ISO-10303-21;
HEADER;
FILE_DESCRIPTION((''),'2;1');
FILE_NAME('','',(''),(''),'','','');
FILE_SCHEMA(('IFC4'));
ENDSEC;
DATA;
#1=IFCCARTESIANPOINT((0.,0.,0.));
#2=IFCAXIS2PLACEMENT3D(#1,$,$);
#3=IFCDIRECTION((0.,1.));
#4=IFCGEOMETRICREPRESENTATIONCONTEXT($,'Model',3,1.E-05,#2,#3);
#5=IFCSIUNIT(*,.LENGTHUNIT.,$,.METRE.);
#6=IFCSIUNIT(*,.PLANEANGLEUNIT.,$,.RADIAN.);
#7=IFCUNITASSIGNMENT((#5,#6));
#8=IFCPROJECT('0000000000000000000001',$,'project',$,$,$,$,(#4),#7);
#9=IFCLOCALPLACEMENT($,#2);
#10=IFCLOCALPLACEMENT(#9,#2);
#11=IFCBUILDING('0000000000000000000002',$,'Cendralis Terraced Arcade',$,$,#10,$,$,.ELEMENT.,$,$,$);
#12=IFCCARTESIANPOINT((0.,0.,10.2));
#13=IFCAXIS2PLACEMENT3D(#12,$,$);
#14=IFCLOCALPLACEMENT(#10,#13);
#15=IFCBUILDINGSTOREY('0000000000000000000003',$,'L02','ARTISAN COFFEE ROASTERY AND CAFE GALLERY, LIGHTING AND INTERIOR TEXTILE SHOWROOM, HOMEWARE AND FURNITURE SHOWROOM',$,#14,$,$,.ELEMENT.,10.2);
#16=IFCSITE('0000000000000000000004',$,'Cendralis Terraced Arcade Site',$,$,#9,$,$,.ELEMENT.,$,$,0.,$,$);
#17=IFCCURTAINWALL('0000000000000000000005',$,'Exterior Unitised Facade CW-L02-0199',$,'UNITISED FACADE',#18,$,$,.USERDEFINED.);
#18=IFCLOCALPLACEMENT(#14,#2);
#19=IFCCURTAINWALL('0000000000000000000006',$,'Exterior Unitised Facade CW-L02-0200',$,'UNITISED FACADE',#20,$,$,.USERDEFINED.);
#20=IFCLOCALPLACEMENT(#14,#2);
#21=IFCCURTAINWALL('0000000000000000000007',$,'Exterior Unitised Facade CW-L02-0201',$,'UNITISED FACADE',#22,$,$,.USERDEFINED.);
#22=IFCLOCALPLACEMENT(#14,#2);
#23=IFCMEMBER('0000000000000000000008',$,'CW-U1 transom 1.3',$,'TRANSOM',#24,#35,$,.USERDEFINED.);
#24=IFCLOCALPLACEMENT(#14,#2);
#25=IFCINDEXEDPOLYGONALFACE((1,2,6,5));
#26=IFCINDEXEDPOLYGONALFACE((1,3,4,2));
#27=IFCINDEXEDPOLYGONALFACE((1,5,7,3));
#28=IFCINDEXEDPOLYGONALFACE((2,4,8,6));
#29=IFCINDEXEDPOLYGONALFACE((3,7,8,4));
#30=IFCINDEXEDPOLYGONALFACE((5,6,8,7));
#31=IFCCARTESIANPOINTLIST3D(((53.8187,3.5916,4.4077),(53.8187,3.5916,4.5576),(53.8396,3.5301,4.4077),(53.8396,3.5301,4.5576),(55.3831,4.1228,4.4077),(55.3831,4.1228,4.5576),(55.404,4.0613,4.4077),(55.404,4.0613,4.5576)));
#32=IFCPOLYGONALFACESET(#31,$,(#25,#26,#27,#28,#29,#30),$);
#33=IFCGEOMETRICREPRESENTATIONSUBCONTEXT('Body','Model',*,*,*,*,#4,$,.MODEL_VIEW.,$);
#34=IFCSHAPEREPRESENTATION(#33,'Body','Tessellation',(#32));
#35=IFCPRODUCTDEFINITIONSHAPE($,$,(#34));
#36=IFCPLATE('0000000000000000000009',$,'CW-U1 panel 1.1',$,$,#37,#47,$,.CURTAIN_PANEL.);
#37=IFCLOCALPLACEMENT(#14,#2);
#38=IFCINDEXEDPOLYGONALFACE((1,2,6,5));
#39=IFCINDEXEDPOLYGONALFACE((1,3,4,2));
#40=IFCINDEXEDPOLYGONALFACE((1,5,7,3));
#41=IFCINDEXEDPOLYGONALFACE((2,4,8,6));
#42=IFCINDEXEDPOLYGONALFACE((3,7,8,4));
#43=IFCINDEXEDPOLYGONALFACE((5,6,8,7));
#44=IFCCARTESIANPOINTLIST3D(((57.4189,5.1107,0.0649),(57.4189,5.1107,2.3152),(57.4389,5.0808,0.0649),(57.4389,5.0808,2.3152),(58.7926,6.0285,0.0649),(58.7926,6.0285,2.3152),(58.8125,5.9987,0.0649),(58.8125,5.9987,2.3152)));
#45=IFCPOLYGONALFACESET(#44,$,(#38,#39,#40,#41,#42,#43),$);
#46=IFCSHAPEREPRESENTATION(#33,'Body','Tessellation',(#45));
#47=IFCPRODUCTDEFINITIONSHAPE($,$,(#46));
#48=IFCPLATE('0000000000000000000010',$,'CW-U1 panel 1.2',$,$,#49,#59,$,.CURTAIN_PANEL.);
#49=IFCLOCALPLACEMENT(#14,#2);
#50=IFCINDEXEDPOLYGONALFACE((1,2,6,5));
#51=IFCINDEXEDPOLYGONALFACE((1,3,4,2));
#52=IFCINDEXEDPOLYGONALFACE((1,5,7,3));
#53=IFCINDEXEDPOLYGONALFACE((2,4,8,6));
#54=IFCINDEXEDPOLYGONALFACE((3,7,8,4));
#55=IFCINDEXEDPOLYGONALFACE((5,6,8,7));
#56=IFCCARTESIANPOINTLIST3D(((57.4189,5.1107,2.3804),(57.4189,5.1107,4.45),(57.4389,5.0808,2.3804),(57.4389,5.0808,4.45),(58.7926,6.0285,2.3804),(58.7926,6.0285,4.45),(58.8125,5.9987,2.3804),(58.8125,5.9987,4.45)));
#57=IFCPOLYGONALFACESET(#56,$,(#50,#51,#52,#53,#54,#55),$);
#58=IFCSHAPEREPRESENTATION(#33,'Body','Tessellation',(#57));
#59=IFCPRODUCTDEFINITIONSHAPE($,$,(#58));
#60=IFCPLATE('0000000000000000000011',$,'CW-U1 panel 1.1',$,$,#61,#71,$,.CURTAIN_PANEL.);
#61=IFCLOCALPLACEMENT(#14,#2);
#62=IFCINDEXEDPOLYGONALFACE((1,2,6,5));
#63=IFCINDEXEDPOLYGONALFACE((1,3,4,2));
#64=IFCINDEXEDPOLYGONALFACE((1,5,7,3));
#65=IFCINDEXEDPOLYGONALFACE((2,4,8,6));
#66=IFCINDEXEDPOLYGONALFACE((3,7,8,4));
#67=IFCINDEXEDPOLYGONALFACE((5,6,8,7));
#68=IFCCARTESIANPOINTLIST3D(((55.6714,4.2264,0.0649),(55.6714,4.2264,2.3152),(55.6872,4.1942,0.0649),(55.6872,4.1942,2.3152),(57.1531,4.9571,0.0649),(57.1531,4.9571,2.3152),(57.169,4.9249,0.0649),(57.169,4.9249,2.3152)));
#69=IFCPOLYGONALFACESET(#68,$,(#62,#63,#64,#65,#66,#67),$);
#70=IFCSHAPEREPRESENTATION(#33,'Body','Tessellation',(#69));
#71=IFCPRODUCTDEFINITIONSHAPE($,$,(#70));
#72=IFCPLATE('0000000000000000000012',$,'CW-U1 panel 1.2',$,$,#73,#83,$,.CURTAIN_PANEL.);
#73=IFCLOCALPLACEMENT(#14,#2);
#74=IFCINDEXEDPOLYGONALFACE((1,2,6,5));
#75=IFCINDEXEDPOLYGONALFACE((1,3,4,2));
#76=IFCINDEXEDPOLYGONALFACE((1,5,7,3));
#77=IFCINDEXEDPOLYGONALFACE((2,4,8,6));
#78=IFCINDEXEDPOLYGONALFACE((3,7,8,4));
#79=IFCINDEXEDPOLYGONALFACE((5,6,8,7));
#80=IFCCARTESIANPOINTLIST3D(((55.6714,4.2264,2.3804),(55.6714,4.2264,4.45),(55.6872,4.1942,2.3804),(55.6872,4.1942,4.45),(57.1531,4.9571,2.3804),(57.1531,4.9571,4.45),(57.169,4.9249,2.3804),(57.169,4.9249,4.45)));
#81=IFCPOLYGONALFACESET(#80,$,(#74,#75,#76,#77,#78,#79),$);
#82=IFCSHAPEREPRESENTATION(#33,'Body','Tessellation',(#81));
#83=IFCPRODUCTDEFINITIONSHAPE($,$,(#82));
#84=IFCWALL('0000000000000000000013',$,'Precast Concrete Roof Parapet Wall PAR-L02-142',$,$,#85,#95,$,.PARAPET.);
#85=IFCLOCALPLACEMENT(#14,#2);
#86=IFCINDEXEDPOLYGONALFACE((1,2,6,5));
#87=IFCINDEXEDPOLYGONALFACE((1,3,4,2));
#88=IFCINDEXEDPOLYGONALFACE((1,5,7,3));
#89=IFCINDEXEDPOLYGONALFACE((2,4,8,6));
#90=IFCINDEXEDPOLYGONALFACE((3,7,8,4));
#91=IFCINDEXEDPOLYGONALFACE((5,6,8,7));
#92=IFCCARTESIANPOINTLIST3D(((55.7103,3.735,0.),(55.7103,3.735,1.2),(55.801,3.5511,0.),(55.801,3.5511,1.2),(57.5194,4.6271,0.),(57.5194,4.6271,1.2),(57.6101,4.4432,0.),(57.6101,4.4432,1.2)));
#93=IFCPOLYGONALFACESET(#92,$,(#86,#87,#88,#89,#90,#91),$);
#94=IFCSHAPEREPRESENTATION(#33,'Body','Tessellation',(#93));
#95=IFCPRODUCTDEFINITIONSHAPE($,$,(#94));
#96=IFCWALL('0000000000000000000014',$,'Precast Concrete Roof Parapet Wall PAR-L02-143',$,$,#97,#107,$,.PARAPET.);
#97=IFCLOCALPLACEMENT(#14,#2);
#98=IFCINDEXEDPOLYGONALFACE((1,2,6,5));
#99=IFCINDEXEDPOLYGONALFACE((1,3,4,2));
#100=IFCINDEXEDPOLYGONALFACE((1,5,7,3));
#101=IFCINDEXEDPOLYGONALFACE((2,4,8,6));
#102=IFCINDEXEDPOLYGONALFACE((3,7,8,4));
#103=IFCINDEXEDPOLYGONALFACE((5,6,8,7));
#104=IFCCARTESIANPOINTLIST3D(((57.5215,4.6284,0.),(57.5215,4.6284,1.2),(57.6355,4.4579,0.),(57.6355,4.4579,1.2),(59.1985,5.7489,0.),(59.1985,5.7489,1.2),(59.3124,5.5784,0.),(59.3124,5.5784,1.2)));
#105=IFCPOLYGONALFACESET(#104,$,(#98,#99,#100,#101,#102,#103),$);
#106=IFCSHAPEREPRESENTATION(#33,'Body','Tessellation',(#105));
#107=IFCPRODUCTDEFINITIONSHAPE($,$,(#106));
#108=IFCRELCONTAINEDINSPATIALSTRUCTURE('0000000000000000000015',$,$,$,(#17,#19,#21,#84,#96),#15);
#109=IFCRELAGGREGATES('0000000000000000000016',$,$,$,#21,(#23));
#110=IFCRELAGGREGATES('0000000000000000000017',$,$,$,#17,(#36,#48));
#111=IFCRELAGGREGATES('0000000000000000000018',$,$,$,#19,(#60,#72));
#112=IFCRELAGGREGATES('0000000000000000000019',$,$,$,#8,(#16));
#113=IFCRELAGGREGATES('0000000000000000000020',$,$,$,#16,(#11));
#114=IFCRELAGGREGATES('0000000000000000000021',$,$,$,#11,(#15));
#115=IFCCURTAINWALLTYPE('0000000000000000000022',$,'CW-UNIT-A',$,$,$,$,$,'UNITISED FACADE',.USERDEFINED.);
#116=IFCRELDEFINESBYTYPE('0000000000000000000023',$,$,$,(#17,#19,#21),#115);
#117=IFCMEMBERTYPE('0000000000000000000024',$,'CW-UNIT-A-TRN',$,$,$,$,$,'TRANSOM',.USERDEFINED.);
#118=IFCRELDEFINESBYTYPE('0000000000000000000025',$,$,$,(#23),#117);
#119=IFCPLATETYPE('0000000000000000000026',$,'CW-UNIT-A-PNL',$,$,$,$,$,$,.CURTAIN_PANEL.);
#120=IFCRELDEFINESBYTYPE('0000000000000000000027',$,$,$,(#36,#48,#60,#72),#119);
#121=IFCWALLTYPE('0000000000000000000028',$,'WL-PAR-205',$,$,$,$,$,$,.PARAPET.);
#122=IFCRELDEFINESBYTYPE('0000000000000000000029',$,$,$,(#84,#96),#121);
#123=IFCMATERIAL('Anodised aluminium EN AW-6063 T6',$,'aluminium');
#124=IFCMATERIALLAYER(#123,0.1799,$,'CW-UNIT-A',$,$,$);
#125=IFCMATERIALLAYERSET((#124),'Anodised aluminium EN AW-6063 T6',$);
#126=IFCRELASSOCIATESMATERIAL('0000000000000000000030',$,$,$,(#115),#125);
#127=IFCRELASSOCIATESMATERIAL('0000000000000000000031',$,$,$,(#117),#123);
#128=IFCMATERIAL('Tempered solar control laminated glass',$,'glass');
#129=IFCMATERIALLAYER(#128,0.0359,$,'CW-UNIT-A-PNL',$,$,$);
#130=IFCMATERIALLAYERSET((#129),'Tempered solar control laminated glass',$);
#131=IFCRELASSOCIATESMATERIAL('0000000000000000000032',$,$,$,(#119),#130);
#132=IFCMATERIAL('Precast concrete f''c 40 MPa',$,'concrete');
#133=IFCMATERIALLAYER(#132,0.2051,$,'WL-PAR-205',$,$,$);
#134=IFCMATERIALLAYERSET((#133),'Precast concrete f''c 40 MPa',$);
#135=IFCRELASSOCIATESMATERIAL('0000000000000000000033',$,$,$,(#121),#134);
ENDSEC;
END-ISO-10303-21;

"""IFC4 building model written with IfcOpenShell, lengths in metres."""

from ifc_helpers import new_model, si_unit, direction, frame, frame_2d, origin, origin_2d, place, context, subcontext, project, spatial, rectangle, extrude, material, layer, layer_set, material_profile, profile_set, type_object, element, aggregate, save


model = new_model("IFC4")

# Units and contexts
model_context = context("Model", 3, precision=1e-05, world=origin(), true_north=direction((0.0, 1.0)))
body_context = subcontext(model_context, "Body", "Model", "MODEL_VIEW")
ifc_project = project(units=[si_unit("LENGTHUNIT", "METRE"), si_unit("PLANEANGLEUNIT", "RADIAN")], contexts=[model_context])

# Site, building, storey
site_placement = place(None, origin())
site = spatial("IfcSite", under=ifc_project, at=site_placement, Name="Cendralis Terraced Arcade Site", CompositionType="ELEMENT", RefElevation=0.0)
building_placement = place(site_placement, origin())
building = spatial("IfcBuilding", under=site, at=building_placement, Name="Cendralis Terraced Arcade", CompositionType="ELEMENT")
storey_placement = place(building_placement, frame((0.0, 0.0, 10.2)))
storey = spatial("IfcBuildingStorey", under=building, at=storey_placement, Name="L02", Description="ARTISAN COFFEE ROASTERY AND CAFE GALLERY, LIGHTING AND INTERIOR TEXTILE SHOWROOM, HOMEWARE AND FURNITURE SHOWROOM", CompositionType="ELEMENT", Elevation=10.2)

# Shared definitions
ifc_material_1 = material(Name="Anodised aluminium EN AW-6063 T6", Category="aluminium")
ifc_layer_1 = layer(ifc_material_1, 0.1799, Name="CW-UNIT-A")
ifc_layer_set_1 = layer_set([ifc_layer_1], Name="Anodised aluminium EN AW-6063 T6")
curtain_wall_type = type_object("IfcCurtainWallType", Name="CW-UNIT-A", ElementType="UNITISED FACADE", PredefinedType="USERDEFINED", material=ifc_layer_set_1)

# Curtain walls
curtain_wall_1_placement = place(storey_placement, origin())
curtain_wall_1 = element("IfcCurtainWall", 1, at=curtain_wall_1_placement, inside=storey, type_object=curtain_wall_type, Name="Exterior Unitised Facade CW-L02-0199", ObjectType="UNITISED FACADE", PredefinedType="USERDEFINED")
curtain_wall_2_placement = place(storey_placement, origin())
curtain_wall_2 = element("IfcCurtainWall", 2, at=curtain_wall_2_placement, inside=storey, type_object=curtain_wall_type, Name="Exterior Unitised Facade CW-L02-0200", ObjectType="UNITISED FACADE", PredefinedType="USERDEFINED")

# Curtain wall
curtain_wall_3_placement = place(storey_placement, origin())
curtain_wall_3 = element("IfcCurtainWall", 3, at=curtain_wall_3_placement, inside=storey, type_object=curtain_wall_type, Name="Exterior Unitised Facade CW-L02-0201", ObjectType="UNITISED FACADE", PredefinedType="USERDEFINED")

# Member
ifc_material_profile_1 = material_profile(ifc_material_1, rectangle(XDim=0.0649, YDim=0.1499, at=origin_2d()), Name="ALU-TRN-65x150")
ifc_profile_set_1 = profile_set([ifc_material_profile_1], Name="Anodised aluminium EN AW-6063 T6")
member_type_1 = type_object("IfcMemberType", Name="CW-UNIT-A-TRN", ElementType="TRANSOM", PredefinedType="USERDEFINED", material=ifc_profile_set_1)
member_1_placement = place(storey_placement, frame((55.3936, 4.092, 4.4827), z_axis=(-0.946895, -0.321542, 0.0), x_axis=(0.321542, -0.946895, 0.0)))
member_1 = element("IfcMember", 4, at=member_1_placement, type_object=member_type_1, Name="CW-U1 transom 1.3", ObjectType="TRANSOM", PredefinedType="USERDEFINED", context=body_context, shape_type="SweptSolid", body=[
    extrude(rectangle(XDim=0.0649, YDim=0.1499, at=origin_2d()), origin(), (0.0, 0.0, 1.0), 1.6521),
])
aggregate(curtain_wall_3, [member_1])

# Plates
ifc_material_2 = material(Name="Tempered solar control laminated glass", Category="glass")
ifc_layer_2 = layer(ifc_material_2, 0.0359, Name="CW-UNIT-A-PNL")
ifc_layer_set_2 = layer_set([ifc_layer_2], Name="Tempered solar control laminated glass")
plate_type = type_object("IfcPlateType", Name="CW-UNIT-A-PNL", PredefinedType="CURTAIN_PANEL", material=ifc_layer_set_2)
plate_1_placement = place(storey_placement, frame((58.1157, 5.5547, 0.0649), z_axis=(0.0, 0.0, 1.0), x_axis=(-0.831471, -0.555567, 0.0)))
plate_1 = element("IfcPlate", 5, at=plate_1_placement, type_object=plate_type, Name="CW-U1 panel 1.1", PredefinedType="CURTAIN_PANEL", context=body_context, shape_type="SweptSolid", body=[
    extrude(rectangle(XDim=1.6521, YDim=0.0359, at=origin_2d()), origin(), (0.0, 0.0, 1.0), 2.2502),
])
plate_2_placement = place(storey_placement, frame((58.1157, 5.5547, 2.3804), z_axis=(0.0, 0.0, 1.0), x_axis=(-0.831471, -0.555567, 0.0)))
plate_2 = element("IfcPlate", 6, at=plate_2_placement, type_object=plate_type, Name="CW-U1 panel 1.2", PredefinedType="CURTAIN_PANEL", context=body_context, shape_type="SweptSolid", body=[
    extrude(rectangle(XDim=1.6521, YDim=0.0359, at=origin_2d()), origin(), (0.0, 0.0, 1.0), 2.0696),
])
aggregate(curtain_wall_1, [plate_1, plate_2])
plate_3_placement = place(storey_placement, frame((56.4202, 4.5757, 0.0649), z_axis=(0.0, 0.0, 1.0), x_axis=(-0.896871, -0.442291, 0.0)))
plate_3 = element("IfcPlate", 7, at=plate_3_placement, type_object=plate_type, Name="CW-U1 panel 1.1", PredefinedType="CURTAIN_PANEL", context=body_context, shape_type="SweptSolid", body=[
    extrude(rectangle(XDim=1.6521, YDim=0.0359, at=origin_2d()), origin(), (0.0, 0.0, 1.0), 2.2502),
])
plate_4_placement = place(storey_placement, frame((56.4202, 4.5757, 2.3804), z_axis=(0.0, 0.0, 1.0), x_axis=(-0.896871, -0.442291, 0.0)))
plate_4 = element("IfcPlate", 8, at=plate_4_placement, type_object=plate_type, Name="CW-U1 panel 1.2", PredefinedType="CURTAIN_PANEL", context=body_context, shape_type="SweptSolid", body=[
    extrude(rectangle(XDim=1.6521, YDim=0.0359, at=origin_2d()), origin(), (0.0, 0.0, 1.0), 2.0696),
])
aggregate(curtain_wall_2, [plate_3, plate_4])

# Walls
ifc_material_3 = material(Name="Precast concrete f'c 40 MPa", Category="concrete")
ifc_layer_3 = layer(ifc_material_3, 0.2051, Name="WL-PAR-205")
ifc_layer_set_3 = layer_set([ifc_layer_3], Name="Precast concrete f'c 40 MPa")
wall_type = type_object("IfcWallType", Name="WL-PAR-205", PredefinedType="PARAPET", material=ifc_layer_set_3)
wall_1_placement = place(storey_placement, frame((55.7556, 3.6431, 0.0), z_axis=(0.0, 0.0, 1.0), x_axis=(0.896883, 0.442268, 0.0)))
element("IfcWall", 9, at=wall_1_placement, inside=storey, type_object=wall_type, Name="Precast Concrete Roof Parapet Wall PAR-L02-142", PredefinedType="PARAPET", context=body_context, shape_type="SweptSolid", body=[
    extrude(rectangle(XDim=2.0171, YDim=0.2051, at=frame_2d((1.0085, 0.0))), origin(), (0.0, 0.0, 1.0), 1.2),
])
wall_2_placement = place(storey_placement, frame((57.5786, 4.5432, 0.0), z_axis=(0.0, 0.0, 1.0), x_axis=(0.831454, 0.555594, 0.0)))
element("IfcWall", 10, at=wall_2_placement, inside=storey, type_object=wall_type, Name="Precast Concrete Roof Parapet Wall PAR-L02-143", PredefinedType="PARAPET", context=body_context, shape_type="SweptSolid", body=[
    extrude(rectangle(XDim=2.0168, YDim=0.2051, at=frame_2d((1.0083, 0.0))), origin(), (0.0, 0.0, 1.0), 1.2),
])

save(model, "model.ifc")
